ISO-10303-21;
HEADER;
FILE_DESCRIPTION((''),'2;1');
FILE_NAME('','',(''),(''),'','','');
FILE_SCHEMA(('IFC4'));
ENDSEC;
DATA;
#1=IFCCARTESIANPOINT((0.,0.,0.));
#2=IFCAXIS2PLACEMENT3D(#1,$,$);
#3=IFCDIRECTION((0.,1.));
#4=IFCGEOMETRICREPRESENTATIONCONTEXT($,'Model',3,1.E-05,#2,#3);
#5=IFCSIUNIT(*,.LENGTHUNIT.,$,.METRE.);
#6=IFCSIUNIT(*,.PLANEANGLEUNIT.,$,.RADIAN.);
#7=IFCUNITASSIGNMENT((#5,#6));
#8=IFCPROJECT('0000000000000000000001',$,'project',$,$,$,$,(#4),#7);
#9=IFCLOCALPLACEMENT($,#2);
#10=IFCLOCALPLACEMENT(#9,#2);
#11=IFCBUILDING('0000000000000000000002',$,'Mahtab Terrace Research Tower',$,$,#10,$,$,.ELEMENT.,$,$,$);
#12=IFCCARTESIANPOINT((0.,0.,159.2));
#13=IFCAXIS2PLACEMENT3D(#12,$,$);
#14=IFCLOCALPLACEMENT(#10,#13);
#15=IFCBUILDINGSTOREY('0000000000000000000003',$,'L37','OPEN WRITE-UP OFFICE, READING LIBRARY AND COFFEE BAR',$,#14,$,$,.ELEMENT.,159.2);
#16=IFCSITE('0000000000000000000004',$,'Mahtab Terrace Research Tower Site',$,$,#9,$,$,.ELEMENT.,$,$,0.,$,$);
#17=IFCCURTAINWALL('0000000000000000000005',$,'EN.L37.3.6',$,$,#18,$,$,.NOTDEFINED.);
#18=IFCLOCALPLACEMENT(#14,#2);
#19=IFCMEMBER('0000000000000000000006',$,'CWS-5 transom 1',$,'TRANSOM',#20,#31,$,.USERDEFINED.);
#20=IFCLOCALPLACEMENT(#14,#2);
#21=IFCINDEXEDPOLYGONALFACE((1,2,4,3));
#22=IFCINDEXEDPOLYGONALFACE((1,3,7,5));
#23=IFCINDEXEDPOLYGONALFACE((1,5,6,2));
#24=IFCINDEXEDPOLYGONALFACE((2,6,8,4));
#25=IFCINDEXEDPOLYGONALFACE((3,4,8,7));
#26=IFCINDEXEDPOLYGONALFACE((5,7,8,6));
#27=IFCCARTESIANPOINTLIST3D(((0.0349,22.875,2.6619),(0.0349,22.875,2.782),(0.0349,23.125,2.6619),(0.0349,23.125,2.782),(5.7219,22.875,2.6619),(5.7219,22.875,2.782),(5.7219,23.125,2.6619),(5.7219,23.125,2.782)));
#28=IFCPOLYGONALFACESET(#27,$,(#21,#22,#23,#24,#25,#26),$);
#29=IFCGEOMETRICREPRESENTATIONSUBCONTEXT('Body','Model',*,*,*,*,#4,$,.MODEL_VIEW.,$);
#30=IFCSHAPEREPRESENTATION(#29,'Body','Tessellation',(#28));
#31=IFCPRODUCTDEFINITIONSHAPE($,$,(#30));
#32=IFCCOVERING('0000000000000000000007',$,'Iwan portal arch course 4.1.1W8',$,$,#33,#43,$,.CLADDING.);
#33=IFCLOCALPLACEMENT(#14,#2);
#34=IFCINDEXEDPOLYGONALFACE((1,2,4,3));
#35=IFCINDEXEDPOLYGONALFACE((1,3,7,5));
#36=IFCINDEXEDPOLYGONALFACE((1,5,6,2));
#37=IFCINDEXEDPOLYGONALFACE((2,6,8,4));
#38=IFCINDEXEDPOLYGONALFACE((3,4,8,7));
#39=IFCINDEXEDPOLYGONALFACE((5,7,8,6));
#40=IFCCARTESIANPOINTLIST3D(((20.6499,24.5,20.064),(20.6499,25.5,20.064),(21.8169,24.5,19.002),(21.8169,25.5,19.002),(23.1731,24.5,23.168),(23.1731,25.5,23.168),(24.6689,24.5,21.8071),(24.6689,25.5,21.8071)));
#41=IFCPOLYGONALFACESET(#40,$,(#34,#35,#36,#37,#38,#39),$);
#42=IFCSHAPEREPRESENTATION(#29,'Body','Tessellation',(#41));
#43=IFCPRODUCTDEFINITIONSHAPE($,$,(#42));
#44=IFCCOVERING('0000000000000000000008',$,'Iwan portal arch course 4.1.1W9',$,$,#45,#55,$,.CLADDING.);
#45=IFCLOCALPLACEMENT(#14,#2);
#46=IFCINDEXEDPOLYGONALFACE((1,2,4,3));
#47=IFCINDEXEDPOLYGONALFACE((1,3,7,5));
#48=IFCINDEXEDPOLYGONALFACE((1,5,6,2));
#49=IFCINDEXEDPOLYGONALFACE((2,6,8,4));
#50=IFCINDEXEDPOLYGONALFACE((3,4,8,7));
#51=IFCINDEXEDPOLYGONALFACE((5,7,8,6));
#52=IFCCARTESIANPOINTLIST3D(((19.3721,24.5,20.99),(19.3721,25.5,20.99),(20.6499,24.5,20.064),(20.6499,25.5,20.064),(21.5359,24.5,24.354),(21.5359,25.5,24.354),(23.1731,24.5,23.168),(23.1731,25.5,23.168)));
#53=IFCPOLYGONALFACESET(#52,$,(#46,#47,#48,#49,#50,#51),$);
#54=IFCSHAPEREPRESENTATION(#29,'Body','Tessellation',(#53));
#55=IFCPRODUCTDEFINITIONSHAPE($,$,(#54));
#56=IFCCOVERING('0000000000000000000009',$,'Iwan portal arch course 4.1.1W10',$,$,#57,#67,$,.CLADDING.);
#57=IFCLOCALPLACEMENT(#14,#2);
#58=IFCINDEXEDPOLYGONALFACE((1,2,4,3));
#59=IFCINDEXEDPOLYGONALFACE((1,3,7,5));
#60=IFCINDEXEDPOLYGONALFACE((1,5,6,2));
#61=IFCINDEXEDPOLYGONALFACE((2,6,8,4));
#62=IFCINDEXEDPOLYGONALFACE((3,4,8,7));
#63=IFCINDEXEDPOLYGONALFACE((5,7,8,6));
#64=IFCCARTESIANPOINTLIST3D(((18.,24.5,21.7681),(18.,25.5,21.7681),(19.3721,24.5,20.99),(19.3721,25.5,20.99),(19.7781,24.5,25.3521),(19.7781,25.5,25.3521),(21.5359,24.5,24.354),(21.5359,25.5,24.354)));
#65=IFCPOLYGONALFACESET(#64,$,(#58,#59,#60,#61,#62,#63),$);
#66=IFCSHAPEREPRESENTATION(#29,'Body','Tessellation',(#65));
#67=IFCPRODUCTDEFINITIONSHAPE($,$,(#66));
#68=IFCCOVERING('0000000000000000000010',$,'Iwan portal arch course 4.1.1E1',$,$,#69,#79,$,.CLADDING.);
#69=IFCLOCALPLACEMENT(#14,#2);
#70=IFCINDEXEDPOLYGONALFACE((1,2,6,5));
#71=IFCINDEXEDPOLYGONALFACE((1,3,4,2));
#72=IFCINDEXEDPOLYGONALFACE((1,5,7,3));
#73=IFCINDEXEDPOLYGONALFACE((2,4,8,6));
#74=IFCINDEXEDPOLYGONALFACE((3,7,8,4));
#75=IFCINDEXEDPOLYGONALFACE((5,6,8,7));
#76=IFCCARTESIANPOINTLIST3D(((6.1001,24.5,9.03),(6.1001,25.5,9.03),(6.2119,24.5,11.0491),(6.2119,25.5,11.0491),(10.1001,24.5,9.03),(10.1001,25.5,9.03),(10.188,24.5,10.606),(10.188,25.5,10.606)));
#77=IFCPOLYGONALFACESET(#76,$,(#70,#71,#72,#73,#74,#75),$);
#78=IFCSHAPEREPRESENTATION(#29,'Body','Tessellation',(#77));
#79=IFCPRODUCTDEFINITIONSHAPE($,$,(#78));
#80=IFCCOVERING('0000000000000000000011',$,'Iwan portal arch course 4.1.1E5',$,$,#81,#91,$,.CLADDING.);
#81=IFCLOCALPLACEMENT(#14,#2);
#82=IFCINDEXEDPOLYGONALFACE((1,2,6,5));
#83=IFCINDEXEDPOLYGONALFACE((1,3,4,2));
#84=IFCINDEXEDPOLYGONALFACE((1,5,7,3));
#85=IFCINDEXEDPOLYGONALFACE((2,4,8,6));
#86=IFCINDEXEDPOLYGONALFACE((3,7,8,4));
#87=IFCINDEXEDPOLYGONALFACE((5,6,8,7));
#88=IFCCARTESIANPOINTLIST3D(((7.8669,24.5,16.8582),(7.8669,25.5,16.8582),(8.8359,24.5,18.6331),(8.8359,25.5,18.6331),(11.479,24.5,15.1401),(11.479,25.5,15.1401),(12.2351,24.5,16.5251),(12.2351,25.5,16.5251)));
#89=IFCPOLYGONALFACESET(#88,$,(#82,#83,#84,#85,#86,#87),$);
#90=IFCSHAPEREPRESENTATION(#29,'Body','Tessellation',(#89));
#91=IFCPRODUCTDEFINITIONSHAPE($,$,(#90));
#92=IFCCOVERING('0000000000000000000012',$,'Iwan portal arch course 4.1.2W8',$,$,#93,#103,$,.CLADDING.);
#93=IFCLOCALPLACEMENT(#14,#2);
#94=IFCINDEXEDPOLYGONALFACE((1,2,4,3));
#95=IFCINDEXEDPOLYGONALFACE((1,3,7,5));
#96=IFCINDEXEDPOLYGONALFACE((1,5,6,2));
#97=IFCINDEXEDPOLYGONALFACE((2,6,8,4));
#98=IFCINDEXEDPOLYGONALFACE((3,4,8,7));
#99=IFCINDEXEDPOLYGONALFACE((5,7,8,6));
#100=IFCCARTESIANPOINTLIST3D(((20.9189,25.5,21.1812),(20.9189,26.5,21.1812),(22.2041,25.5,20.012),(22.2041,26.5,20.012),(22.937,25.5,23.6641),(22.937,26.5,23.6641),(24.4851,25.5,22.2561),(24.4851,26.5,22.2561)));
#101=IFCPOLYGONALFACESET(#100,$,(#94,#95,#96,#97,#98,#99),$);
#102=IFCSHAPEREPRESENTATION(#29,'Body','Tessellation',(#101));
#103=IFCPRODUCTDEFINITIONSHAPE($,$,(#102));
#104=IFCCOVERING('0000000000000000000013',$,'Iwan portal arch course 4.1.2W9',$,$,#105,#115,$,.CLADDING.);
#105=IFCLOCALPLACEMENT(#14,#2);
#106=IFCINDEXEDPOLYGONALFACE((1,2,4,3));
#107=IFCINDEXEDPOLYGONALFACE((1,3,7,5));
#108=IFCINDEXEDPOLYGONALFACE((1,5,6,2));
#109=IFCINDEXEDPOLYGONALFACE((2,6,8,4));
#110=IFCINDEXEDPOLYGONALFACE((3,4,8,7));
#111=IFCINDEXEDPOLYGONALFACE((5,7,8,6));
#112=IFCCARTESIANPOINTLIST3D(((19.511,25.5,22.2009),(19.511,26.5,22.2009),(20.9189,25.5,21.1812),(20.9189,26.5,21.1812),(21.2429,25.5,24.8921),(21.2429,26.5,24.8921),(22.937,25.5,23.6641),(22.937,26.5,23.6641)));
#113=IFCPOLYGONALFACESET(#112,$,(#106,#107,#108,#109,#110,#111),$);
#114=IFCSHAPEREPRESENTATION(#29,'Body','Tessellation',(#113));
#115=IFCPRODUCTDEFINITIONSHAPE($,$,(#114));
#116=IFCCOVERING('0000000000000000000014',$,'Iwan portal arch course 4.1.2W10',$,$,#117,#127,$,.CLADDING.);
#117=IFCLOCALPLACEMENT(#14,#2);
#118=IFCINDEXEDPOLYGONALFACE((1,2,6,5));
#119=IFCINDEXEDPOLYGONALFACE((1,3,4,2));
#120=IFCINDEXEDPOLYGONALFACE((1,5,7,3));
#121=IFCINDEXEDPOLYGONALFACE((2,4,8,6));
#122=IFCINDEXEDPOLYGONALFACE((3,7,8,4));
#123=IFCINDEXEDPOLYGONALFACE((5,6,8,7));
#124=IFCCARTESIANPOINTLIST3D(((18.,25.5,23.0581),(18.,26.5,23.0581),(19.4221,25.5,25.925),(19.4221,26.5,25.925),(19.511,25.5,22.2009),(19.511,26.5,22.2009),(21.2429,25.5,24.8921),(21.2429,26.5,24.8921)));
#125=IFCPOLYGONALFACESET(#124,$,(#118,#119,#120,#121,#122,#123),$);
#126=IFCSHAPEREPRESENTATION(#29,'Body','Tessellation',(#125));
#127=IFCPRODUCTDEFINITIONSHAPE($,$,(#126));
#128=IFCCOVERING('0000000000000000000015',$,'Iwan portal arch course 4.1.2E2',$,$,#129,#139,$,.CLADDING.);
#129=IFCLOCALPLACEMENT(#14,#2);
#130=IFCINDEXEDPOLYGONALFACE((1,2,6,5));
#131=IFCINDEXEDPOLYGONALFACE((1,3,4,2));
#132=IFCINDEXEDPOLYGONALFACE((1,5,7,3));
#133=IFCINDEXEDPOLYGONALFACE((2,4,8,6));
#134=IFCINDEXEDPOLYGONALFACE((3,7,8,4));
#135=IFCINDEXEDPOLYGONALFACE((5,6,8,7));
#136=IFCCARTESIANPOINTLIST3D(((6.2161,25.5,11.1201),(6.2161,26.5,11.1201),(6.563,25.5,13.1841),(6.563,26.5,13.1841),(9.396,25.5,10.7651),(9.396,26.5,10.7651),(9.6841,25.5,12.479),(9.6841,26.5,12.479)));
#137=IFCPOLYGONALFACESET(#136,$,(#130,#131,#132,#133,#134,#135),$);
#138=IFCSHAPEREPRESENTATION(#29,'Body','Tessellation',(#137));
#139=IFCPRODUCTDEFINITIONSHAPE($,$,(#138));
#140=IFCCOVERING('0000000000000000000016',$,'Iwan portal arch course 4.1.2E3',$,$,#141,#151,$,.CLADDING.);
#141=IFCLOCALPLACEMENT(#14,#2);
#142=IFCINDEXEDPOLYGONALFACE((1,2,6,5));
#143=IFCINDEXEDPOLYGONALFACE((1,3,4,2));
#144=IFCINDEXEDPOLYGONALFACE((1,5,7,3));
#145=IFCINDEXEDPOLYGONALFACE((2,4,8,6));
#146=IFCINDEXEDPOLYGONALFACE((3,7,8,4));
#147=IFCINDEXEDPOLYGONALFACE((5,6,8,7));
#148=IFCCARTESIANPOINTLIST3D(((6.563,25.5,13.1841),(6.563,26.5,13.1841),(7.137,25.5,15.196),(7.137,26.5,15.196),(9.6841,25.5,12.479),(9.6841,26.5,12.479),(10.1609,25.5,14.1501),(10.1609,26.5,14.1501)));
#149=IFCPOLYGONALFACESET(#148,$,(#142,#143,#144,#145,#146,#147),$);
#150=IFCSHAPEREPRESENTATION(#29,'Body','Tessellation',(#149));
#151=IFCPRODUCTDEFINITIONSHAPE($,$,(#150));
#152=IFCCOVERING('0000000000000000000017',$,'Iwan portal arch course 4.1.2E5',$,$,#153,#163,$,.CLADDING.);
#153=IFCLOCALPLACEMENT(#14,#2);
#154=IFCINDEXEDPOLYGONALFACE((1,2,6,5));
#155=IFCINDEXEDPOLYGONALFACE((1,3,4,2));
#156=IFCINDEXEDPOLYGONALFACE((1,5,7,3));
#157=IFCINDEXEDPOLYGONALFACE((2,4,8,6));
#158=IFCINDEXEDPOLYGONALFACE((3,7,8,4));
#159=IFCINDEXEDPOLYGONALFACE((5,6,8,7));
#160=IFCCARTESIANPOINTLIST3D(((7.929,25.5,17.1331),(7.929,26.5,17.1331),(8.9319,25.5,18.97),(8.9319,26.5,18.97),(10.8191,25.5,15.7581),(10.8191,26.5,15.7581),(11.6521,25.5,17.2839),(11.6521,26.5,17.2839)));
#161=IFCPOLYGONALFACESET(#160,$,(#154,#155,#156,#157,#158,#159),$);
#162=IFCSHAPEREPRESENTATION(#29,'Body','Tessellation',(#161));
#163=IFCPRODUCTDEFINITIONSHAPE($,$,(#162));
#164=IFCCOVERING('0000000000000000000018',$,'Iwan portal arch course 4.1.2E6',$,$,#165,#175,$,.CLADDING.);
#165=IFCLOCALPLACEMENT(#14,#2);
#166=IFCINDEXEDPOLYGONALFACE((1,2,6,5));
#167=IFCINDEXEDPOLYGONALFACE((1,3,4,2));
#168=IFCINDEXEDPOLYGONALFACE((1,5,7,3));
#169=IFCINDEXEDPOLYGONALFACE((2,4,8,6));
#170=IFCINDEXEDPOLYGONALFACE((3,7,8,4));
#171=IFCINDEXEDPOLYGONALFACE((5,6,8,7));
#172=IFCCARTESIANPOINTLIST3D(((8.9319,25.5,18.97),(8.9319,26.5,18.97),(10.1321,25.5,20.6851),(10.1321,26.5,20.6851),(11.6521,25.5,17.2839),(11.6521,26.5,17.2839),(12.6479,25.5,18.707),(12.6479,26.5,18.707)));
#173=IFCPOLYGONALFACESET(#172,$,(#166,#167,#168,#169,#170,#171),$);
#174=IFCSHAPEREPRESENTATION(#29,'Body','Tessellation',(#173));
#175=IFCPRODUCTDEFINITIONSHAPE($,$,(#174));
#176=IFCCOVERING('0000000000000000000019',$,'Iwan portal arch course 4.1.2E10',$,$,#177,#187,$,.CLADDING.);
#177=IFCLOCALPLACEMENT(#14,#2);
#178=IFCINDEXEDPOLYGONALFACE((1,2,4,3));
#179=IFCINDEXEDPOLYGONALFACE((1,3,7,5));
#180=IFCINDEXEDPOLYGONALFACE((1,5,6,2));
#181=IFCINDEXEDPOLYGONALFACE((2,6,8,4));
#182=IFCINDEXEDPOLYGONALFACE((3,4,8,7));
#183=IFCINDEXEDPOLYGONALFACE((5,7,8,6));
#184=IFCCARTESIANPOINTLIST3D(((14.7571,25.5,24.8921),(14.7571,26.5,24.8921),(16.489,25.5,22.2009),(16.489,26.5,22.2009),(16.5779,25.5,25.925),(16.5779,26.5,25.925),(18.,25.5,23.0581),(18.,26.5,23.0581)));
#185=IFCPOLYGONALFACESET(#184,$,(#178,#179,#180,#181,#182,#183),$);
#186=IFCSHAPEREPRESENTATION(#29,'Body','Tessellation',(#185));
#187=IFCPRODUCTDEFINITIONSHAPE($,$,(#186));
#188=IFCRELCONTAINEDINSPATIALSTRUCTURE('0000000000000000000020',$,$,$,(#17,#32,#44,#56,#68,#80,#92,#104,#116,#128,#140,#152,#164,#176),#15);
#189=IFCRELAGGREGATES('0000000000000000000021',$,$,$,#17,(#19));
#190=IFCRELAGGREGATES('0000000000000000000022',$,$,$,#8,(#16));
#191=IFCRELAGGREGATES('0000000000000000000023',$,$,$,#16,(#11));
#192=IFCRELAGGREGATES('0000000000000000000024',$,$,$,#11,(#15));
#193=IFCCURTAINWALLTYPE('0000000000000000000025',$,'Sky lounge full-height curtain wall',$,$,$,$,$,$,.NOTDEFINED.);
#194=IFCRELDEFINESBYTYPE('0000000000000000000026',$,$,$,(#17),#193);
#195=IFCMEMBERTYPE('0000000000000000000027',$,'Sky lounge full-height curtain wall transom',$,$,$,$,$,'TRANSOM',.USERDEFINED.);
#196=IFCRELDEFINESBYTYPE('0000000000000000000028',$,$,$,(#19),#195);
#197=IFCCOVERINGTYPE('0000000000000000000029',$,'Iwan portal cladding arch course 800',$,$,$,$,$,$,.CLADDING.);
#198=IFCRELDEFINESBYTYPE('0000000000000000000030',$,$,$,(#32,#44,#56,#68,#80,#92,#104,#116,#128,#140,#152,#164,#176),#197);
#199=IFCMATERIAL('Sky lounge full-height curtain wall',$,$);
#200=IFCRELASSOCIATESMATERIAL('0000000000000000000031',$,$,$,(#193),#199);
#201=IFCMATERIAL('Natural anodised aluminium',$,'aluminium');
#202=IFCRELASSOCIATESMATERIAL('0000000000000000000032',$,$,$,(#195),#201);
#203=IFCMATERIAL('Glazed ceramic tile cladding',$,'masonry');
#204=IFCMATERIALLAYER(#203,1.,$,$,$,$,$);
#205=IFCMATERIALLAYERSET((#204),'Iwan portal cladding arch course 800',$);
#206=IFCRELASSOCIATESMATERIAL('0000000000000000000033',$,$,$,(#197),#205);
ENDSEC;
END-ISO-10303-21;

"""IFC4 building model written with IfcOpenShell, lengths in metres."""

from ifc_helpers import new_model, si_unit, direction, frame, origin, origin_2d, place, context, subcontext, project, spatial, polyline, rectangle, outline, extrude, material, layer, layer_set, material_profile, profile_set, type_object, element, aggregate, save


model = new_model("IFC4")

# Units and contexts
model_context = context("Model", 3, precision=1e-05, world=origin(), true_north=direction((0.0, 1.0)))
body_context = subcontext(model_context, "Body", "Model", "MODEL_VIEW")
ifc_project = project(units=[si_unit("LENGTHUNIT", "METRE"), si_unit("PLANEANGLEUNIT", "RADIAN")], contexts=[model_context])

# Site, building, storey
site_placement = place(None, origin())
site = spatial("IfcSite", under=ifc_project, at=site_placement, Name="Mahtab Terrace Research Tower Site", CompositionType="ELEMENT", RefElevation=0.0)
building_placement = place(site_placement, origin())
building = spatial("IfcBuilding", under=site, at=building_placement, Name="Mahtab Terrace Research Tower", CompositionType="ELEMENT")
storey_placement = place(building_placement, frame((0.0, 0.0, 159.2)))
storey = spatial("IfcBuildingStorey", under=building, at=storey_placement, Name="L37", Description="OPEN WRITE-UP OFFICE, READING LIBRARY AND COFFEE BAR", CompositionType="ELEMENT", Elevation=159.2)

# Curtain wall, member
ifc_material_1 = material(Name="Sky lounge full-height curtain wall")
curtain_wall_type = type_object("IfcCurtainWallType", Name="Sky lounge full-height curtain wall", PredefinedType="NOTDEFINED", material=ifc_material_1)
curtain_wall_placement = place(storey_placement, origin())
curtain_wall = element("IfcCurtainWall", 1, at=curtain_wall_placement, inside=storey, type_object=curtain_wall_type, Name="EN.L37.3.6", PredefinedType="NOTDEFINED")
ifc_material_2 = material(Name="Natural anodised aluminium", Category="aluminium")
ifc_material_profile = material_profile(ifc_material_2, rectangle(XDim=0.25, YDim=0.1201, at=origin_2d()), Name="TRANSOM 120x250")
ifc_profile_set = profile_set([ifc_material_profile], Name="Natural anodised aluminium")
member_type = type_object("IfcMemberType", Name="Sky lounge full-height curtain wall transom", ElementType="TRANSOM", PredefinedType="USERDEFINED", material=ifc_profile_set)
member_placement = place(storey_placement, frame((5.7219, 23.0, 2.7219), z_axis=(-1.0, 0.0, 0.0), x_axis=(0.0, -1.0, 0.0)))
member = element("IfcMember", 2, at=member_placement, type_object=member_type, Name="CWS-5 transom 1", ObjectType="TRANSOM", PredefinedType="USERDEFINED", context=body_context, shape_type="SweptSolid", body=[
    extrude(rectangle(XDim=0.25, YDim=0.1201, at=origin_2d()), origin(), (0.0, 0.0, 1.0), 5.687),
])
aggregate(curtain_wall, [member])

# Coverings
ifc_material_3 = material(Name="Glazed ceramic tile cladding", Category="masonry")
ifc_layer = layer(ifc_material_3, 1.0)
ifc_layer_set = layer_set([ifc_layer], Name="Iwan portal cladding arch course 800")
covering_type = type_object("IfcCoveringType", Name="Iwan portal cladding arch course 800", PredefinedType="CLADDING", material=ifc_layer_set)
covering_1_placement = place(storey_placement, frame((24.6689, 24.5, 21.8071), z_axis=(0.0, -1.0, 0.0), x_axis=(-0.7397, 0.0, 0.672937)))
element("IfcCovering", 3, at=covering_1_placement, inside=storey, type_object=covering_type, Name="Iwan portal arch course 4.1.1W8", PredefinedType="CLADDING", context=body_context, shape_type="SweptSolid", body=[
    extrude(outline(polyline([(0.0, 0.0), (2.0222, 0.0), (1.7998, 3.994), (0.222, 3.9942), (0.0, 0.0)])), origin(), (0.0, 0.0, -1.0), 1.0),
])
covering_2_placement = place(storey_placement, frame((23.1731, 24.5, 23.168), z_axis=(0.0, -1.0, 0.0), x_axis=(-0.809831, 0.0, 0.586663)))
element("IfcCovering", 4, at=covering_2_placement, inside=storey, type_object=covering_type, Name="Iwan portal arch course 4.1.1W9", PredefinedType="CLADDING", context=body_context, shape_type="SweptSolid", body=[
    extrude(outline(polyline([(0.0, 0.0), (2.0217, 0.0), (1.8005, 3.9937), (0.2224, 3.994), (0.0, 0.0)])), origin(), (0.0, 0.0, -1.0), 1.0),
])
covering_3_placement = place(storey_placement, frame((21.5359, 24.5, 24.354), z_axis=(0.0, -1.0, 0.0), x_axis=(-0.869607, 0.0, 0.493744)))
element("IfcCovering", 5, at=covering_3_placement, inside=storey, type_object=covering_type, Name="Iwan portal arch course 4.1.1W10", PredefinedType="CLADDING", context=body_context, shape_type="SweptSolid", body=[
    extrude(outline(polyline([(0.0, 0.0), (2.0214, 0.0), (1.798, 3.9946), (0.2207, 3.9937), (0.0, 0.0)])), origin(), (0.0, 0.0, -1.0), 1.0),
])
covering_4_placement = place(storey_placement, frame((10.1001, 24.5, 9.03), z_axis=(0.0, -1.0, 0.0), x_axis=(0.055684, 0.0, 0.998448)))
element("IfcCovering", 6, at=covering_4_placement, inside=storey, type_object=covering_type, Name="Iwan portal arch course 4.1.1E1", PredefinedType="CLADDING", context=body_context, shape_type="SweptSolid", body=[
    extrude(outline(polyline([(0.0, 0.0), (1.5784, 0.0), (1.7994, 3.9946), (-0.2227, 3.9938), (0.0, 0.0)])), origin(), (0.0, 0.0, -1.0), 1.0),
])
covering_5_placement = place(storey_placement, frame((11.479, 24.5, 15.1401), z_axis=(0.0, -1.0, 0.0), x_axis=(0.479166, 0.0, 0.877724)))
element("IfcCovering", 7, at=covering_5_placement, inside=storey, type_object=covering_type, Name="Iwan portal arch course 4.1.1E5", PredefinedType="CLADDING", context=body_context, shape_type="SweptSolid", body=[
    extrude(outline(polyline([(0.0, 0.0), (1.578, 0.0), (1.7994, 3.9936), (-0.2228, 3.9936), (0.0, 0.0)])), origin(), (0.0, 0.0, -1.0), 1.0),
])
covering_6_placement = place(storey_placement, frame((24.4851, 25.5, 22.2561), z_axis=(0.0, -1.0, 0.0), x_axis=(-0.739798, 0.0, 0.67283)))
element("IfcCovering", 8, at=covering_6_placement, inside=storey, type_object=covering_type, Name="Iwan portal arch course 4.1.2W8", PredefinedType="CLADDING", context=body_context, shape_type="SweptSolid", body=[
    extrude(outline(polyline([(0.0, 0.0), (2.0926, 0.0), (1.915, 3.1947), (0.1776, 3.1949), (0.0, 0.0)])), origin(), (0.0, 0.0, -1.0), 1.0),
])
covering_7_placement = place(storey_placement, frame((22.937, 25.5, 23.6641), z_axis=(0.0, -1.0, 0.0), x_axis=(-0.809653, 0.0, 0.586908)))
element("IfcCovering", 9, at=covering_7_placement, inside=storey, type_object=covering_type, Name="Iwan portal arch course 4.1.2W9", PredefinedType="CLADDING", context=body_context, shape_type="SweptSolid", body=[
    extrude(outline(polyline([(0.0, 0.0), (2.0924, 0.0), (1.9152, 3.1954), (0.1767, 3.1947), (0.0, 0.0)])), origin(), (0.0, 0.0, -1.0), 1.0),
])
covering_8_placement = place(storey_placement, frame((21.2429, 25.5, 24.8921), z_axis=(0.0, -1.0, 0.0), x_axis=(-0.869782, 0.0, 0.493436)))
element("IfcCovering", 10, at=covering_8_placement, inside=storey, type_object=covering_type, Name="Iwan portal arch course 4.1.2W10", PredefinedType="CLADDING", context=body_context, shape_type="SweptSolid", body=[
    extrude(outline(polyline([(0.0, 0.0), (2.0934, 0.0), (1.9157, 3.1953), (0.1785, 3.1953), (0.0, 0.0)])), origin(), (0.0, 0.0, -1.0), 1.0),
])
covering_9_placement = place(storey_placement, frame((9.396, 25.5, 10.7651), z_axis=(0.0, -1.0, 0.0), x_axis=(0.165766, 0.0, 0.986165)))
element("IfcCovering", 11, at=covering_9_placement, inside=storey, type_object=covering_type, Name="Iwan portal arch course 4.1.2E2", PredefinedType="CLADDING", context=body_context, shape_type="SweptSolid", body=[
    extrude(outline(polyline([(0.0, 0.0), (1.7379, 0.0), (1.9159, 3.1948), (-0.1771, 3.1948), (0.0, 0.0)])), origin(), (0.0, 0.0, -1.0), 1.0),
])
covering_10_placement = place(storey_placement, frame((9.6841, 25.5, 12.479), z_axis=(0.0, -1.0, 0.0), x_axis=(0.274369, 0.0, 0.961625)))
element("IfcCovering", 12, at=covering_10_placement, inside=storey, type_object=covering_type, Name="Iwan portal arch course 4.1.2E3", PredefinedType="CLADDING", context=body_context, shape_type="SweptSolid", body=[
    extrude(outline(polyline([(0.0, 0.0), (1.7378, 0.0), (1.9139, 3.1948), (-0.1783, 3.1948), (0.0, 0.0)])), origin(), (0.0, 0.0, -1.0), 1.0),
])
covering_11_placement = place(storey_placement, frame((10.8191, 25.5, 15.7581), z_axis=(0.0, -1.0, 0.0), x_axis=(0.479167, 0.0, 0.877724)))
element("IfcCovering", 13, at=covering_11_placement, inside=storey, type_object=covering_type, Name="Iwan portal arch course 4.1.2E5", PredefinedType="CLADDING", context=body_context, shape_type="SweptSolid", body=[
    extrude(outline(polyline([(0.0, 0.0), (1.7385, 0.0), (1.9149, 3.1955), (-0.178, 3.1956), (0.0, 0.0)])), origin(), (0.0, 0.0, -1.0), 1.0),
])
covering_12_placement = place(storey_placement, frame((11.6521, 25.5, 17.2839), z_axis=(0.0, -1.0, 0.0), x_axis=(0.57334, 0.0, 0.819318)))
element("IfcCovering", 14, at=covering_12_placement, inside=storey, type_object=covering_type, Name="Iwan portal arch course 4.1.2E6", PredefinedType="CLADDING", context=body_context, shape_type="SweptSolid", body=[
    extrude(outline(polyline([(0.0, 0.0), (1.7369, 0.0), (1.9151, 3.1954), (-0.1782, 3.1954), (0.0, 0.0)])), origin(), (0.0, 0.0, -1.0), 1.0),
])
covering_13_placement = place(storey_placement, frame((16.489, 25.5, 22.2009), z_axis=(0.0, -1.0, 0.0), x_axis=(0.869787, 0.0, 0.493427)))
element("IfcCovering", 15, at=covering_13_placement, inside=storey, type_object=covering_type, Name="Iwan portal arch course 4.1.2E10", PredefinedType="CLADDING", context=body_context, shape_type="SweptSolid", body=[
    extrude(outline(polyline([(0.0, 0.0), (1.7372, 0.0), (1.9149, 3.1953), (-0.1785, 3.1953), (0.0, 0.0)])), origin(), (0.0, 0.0, -1.0), 1.0),
])

save(model, "model.ifc")
